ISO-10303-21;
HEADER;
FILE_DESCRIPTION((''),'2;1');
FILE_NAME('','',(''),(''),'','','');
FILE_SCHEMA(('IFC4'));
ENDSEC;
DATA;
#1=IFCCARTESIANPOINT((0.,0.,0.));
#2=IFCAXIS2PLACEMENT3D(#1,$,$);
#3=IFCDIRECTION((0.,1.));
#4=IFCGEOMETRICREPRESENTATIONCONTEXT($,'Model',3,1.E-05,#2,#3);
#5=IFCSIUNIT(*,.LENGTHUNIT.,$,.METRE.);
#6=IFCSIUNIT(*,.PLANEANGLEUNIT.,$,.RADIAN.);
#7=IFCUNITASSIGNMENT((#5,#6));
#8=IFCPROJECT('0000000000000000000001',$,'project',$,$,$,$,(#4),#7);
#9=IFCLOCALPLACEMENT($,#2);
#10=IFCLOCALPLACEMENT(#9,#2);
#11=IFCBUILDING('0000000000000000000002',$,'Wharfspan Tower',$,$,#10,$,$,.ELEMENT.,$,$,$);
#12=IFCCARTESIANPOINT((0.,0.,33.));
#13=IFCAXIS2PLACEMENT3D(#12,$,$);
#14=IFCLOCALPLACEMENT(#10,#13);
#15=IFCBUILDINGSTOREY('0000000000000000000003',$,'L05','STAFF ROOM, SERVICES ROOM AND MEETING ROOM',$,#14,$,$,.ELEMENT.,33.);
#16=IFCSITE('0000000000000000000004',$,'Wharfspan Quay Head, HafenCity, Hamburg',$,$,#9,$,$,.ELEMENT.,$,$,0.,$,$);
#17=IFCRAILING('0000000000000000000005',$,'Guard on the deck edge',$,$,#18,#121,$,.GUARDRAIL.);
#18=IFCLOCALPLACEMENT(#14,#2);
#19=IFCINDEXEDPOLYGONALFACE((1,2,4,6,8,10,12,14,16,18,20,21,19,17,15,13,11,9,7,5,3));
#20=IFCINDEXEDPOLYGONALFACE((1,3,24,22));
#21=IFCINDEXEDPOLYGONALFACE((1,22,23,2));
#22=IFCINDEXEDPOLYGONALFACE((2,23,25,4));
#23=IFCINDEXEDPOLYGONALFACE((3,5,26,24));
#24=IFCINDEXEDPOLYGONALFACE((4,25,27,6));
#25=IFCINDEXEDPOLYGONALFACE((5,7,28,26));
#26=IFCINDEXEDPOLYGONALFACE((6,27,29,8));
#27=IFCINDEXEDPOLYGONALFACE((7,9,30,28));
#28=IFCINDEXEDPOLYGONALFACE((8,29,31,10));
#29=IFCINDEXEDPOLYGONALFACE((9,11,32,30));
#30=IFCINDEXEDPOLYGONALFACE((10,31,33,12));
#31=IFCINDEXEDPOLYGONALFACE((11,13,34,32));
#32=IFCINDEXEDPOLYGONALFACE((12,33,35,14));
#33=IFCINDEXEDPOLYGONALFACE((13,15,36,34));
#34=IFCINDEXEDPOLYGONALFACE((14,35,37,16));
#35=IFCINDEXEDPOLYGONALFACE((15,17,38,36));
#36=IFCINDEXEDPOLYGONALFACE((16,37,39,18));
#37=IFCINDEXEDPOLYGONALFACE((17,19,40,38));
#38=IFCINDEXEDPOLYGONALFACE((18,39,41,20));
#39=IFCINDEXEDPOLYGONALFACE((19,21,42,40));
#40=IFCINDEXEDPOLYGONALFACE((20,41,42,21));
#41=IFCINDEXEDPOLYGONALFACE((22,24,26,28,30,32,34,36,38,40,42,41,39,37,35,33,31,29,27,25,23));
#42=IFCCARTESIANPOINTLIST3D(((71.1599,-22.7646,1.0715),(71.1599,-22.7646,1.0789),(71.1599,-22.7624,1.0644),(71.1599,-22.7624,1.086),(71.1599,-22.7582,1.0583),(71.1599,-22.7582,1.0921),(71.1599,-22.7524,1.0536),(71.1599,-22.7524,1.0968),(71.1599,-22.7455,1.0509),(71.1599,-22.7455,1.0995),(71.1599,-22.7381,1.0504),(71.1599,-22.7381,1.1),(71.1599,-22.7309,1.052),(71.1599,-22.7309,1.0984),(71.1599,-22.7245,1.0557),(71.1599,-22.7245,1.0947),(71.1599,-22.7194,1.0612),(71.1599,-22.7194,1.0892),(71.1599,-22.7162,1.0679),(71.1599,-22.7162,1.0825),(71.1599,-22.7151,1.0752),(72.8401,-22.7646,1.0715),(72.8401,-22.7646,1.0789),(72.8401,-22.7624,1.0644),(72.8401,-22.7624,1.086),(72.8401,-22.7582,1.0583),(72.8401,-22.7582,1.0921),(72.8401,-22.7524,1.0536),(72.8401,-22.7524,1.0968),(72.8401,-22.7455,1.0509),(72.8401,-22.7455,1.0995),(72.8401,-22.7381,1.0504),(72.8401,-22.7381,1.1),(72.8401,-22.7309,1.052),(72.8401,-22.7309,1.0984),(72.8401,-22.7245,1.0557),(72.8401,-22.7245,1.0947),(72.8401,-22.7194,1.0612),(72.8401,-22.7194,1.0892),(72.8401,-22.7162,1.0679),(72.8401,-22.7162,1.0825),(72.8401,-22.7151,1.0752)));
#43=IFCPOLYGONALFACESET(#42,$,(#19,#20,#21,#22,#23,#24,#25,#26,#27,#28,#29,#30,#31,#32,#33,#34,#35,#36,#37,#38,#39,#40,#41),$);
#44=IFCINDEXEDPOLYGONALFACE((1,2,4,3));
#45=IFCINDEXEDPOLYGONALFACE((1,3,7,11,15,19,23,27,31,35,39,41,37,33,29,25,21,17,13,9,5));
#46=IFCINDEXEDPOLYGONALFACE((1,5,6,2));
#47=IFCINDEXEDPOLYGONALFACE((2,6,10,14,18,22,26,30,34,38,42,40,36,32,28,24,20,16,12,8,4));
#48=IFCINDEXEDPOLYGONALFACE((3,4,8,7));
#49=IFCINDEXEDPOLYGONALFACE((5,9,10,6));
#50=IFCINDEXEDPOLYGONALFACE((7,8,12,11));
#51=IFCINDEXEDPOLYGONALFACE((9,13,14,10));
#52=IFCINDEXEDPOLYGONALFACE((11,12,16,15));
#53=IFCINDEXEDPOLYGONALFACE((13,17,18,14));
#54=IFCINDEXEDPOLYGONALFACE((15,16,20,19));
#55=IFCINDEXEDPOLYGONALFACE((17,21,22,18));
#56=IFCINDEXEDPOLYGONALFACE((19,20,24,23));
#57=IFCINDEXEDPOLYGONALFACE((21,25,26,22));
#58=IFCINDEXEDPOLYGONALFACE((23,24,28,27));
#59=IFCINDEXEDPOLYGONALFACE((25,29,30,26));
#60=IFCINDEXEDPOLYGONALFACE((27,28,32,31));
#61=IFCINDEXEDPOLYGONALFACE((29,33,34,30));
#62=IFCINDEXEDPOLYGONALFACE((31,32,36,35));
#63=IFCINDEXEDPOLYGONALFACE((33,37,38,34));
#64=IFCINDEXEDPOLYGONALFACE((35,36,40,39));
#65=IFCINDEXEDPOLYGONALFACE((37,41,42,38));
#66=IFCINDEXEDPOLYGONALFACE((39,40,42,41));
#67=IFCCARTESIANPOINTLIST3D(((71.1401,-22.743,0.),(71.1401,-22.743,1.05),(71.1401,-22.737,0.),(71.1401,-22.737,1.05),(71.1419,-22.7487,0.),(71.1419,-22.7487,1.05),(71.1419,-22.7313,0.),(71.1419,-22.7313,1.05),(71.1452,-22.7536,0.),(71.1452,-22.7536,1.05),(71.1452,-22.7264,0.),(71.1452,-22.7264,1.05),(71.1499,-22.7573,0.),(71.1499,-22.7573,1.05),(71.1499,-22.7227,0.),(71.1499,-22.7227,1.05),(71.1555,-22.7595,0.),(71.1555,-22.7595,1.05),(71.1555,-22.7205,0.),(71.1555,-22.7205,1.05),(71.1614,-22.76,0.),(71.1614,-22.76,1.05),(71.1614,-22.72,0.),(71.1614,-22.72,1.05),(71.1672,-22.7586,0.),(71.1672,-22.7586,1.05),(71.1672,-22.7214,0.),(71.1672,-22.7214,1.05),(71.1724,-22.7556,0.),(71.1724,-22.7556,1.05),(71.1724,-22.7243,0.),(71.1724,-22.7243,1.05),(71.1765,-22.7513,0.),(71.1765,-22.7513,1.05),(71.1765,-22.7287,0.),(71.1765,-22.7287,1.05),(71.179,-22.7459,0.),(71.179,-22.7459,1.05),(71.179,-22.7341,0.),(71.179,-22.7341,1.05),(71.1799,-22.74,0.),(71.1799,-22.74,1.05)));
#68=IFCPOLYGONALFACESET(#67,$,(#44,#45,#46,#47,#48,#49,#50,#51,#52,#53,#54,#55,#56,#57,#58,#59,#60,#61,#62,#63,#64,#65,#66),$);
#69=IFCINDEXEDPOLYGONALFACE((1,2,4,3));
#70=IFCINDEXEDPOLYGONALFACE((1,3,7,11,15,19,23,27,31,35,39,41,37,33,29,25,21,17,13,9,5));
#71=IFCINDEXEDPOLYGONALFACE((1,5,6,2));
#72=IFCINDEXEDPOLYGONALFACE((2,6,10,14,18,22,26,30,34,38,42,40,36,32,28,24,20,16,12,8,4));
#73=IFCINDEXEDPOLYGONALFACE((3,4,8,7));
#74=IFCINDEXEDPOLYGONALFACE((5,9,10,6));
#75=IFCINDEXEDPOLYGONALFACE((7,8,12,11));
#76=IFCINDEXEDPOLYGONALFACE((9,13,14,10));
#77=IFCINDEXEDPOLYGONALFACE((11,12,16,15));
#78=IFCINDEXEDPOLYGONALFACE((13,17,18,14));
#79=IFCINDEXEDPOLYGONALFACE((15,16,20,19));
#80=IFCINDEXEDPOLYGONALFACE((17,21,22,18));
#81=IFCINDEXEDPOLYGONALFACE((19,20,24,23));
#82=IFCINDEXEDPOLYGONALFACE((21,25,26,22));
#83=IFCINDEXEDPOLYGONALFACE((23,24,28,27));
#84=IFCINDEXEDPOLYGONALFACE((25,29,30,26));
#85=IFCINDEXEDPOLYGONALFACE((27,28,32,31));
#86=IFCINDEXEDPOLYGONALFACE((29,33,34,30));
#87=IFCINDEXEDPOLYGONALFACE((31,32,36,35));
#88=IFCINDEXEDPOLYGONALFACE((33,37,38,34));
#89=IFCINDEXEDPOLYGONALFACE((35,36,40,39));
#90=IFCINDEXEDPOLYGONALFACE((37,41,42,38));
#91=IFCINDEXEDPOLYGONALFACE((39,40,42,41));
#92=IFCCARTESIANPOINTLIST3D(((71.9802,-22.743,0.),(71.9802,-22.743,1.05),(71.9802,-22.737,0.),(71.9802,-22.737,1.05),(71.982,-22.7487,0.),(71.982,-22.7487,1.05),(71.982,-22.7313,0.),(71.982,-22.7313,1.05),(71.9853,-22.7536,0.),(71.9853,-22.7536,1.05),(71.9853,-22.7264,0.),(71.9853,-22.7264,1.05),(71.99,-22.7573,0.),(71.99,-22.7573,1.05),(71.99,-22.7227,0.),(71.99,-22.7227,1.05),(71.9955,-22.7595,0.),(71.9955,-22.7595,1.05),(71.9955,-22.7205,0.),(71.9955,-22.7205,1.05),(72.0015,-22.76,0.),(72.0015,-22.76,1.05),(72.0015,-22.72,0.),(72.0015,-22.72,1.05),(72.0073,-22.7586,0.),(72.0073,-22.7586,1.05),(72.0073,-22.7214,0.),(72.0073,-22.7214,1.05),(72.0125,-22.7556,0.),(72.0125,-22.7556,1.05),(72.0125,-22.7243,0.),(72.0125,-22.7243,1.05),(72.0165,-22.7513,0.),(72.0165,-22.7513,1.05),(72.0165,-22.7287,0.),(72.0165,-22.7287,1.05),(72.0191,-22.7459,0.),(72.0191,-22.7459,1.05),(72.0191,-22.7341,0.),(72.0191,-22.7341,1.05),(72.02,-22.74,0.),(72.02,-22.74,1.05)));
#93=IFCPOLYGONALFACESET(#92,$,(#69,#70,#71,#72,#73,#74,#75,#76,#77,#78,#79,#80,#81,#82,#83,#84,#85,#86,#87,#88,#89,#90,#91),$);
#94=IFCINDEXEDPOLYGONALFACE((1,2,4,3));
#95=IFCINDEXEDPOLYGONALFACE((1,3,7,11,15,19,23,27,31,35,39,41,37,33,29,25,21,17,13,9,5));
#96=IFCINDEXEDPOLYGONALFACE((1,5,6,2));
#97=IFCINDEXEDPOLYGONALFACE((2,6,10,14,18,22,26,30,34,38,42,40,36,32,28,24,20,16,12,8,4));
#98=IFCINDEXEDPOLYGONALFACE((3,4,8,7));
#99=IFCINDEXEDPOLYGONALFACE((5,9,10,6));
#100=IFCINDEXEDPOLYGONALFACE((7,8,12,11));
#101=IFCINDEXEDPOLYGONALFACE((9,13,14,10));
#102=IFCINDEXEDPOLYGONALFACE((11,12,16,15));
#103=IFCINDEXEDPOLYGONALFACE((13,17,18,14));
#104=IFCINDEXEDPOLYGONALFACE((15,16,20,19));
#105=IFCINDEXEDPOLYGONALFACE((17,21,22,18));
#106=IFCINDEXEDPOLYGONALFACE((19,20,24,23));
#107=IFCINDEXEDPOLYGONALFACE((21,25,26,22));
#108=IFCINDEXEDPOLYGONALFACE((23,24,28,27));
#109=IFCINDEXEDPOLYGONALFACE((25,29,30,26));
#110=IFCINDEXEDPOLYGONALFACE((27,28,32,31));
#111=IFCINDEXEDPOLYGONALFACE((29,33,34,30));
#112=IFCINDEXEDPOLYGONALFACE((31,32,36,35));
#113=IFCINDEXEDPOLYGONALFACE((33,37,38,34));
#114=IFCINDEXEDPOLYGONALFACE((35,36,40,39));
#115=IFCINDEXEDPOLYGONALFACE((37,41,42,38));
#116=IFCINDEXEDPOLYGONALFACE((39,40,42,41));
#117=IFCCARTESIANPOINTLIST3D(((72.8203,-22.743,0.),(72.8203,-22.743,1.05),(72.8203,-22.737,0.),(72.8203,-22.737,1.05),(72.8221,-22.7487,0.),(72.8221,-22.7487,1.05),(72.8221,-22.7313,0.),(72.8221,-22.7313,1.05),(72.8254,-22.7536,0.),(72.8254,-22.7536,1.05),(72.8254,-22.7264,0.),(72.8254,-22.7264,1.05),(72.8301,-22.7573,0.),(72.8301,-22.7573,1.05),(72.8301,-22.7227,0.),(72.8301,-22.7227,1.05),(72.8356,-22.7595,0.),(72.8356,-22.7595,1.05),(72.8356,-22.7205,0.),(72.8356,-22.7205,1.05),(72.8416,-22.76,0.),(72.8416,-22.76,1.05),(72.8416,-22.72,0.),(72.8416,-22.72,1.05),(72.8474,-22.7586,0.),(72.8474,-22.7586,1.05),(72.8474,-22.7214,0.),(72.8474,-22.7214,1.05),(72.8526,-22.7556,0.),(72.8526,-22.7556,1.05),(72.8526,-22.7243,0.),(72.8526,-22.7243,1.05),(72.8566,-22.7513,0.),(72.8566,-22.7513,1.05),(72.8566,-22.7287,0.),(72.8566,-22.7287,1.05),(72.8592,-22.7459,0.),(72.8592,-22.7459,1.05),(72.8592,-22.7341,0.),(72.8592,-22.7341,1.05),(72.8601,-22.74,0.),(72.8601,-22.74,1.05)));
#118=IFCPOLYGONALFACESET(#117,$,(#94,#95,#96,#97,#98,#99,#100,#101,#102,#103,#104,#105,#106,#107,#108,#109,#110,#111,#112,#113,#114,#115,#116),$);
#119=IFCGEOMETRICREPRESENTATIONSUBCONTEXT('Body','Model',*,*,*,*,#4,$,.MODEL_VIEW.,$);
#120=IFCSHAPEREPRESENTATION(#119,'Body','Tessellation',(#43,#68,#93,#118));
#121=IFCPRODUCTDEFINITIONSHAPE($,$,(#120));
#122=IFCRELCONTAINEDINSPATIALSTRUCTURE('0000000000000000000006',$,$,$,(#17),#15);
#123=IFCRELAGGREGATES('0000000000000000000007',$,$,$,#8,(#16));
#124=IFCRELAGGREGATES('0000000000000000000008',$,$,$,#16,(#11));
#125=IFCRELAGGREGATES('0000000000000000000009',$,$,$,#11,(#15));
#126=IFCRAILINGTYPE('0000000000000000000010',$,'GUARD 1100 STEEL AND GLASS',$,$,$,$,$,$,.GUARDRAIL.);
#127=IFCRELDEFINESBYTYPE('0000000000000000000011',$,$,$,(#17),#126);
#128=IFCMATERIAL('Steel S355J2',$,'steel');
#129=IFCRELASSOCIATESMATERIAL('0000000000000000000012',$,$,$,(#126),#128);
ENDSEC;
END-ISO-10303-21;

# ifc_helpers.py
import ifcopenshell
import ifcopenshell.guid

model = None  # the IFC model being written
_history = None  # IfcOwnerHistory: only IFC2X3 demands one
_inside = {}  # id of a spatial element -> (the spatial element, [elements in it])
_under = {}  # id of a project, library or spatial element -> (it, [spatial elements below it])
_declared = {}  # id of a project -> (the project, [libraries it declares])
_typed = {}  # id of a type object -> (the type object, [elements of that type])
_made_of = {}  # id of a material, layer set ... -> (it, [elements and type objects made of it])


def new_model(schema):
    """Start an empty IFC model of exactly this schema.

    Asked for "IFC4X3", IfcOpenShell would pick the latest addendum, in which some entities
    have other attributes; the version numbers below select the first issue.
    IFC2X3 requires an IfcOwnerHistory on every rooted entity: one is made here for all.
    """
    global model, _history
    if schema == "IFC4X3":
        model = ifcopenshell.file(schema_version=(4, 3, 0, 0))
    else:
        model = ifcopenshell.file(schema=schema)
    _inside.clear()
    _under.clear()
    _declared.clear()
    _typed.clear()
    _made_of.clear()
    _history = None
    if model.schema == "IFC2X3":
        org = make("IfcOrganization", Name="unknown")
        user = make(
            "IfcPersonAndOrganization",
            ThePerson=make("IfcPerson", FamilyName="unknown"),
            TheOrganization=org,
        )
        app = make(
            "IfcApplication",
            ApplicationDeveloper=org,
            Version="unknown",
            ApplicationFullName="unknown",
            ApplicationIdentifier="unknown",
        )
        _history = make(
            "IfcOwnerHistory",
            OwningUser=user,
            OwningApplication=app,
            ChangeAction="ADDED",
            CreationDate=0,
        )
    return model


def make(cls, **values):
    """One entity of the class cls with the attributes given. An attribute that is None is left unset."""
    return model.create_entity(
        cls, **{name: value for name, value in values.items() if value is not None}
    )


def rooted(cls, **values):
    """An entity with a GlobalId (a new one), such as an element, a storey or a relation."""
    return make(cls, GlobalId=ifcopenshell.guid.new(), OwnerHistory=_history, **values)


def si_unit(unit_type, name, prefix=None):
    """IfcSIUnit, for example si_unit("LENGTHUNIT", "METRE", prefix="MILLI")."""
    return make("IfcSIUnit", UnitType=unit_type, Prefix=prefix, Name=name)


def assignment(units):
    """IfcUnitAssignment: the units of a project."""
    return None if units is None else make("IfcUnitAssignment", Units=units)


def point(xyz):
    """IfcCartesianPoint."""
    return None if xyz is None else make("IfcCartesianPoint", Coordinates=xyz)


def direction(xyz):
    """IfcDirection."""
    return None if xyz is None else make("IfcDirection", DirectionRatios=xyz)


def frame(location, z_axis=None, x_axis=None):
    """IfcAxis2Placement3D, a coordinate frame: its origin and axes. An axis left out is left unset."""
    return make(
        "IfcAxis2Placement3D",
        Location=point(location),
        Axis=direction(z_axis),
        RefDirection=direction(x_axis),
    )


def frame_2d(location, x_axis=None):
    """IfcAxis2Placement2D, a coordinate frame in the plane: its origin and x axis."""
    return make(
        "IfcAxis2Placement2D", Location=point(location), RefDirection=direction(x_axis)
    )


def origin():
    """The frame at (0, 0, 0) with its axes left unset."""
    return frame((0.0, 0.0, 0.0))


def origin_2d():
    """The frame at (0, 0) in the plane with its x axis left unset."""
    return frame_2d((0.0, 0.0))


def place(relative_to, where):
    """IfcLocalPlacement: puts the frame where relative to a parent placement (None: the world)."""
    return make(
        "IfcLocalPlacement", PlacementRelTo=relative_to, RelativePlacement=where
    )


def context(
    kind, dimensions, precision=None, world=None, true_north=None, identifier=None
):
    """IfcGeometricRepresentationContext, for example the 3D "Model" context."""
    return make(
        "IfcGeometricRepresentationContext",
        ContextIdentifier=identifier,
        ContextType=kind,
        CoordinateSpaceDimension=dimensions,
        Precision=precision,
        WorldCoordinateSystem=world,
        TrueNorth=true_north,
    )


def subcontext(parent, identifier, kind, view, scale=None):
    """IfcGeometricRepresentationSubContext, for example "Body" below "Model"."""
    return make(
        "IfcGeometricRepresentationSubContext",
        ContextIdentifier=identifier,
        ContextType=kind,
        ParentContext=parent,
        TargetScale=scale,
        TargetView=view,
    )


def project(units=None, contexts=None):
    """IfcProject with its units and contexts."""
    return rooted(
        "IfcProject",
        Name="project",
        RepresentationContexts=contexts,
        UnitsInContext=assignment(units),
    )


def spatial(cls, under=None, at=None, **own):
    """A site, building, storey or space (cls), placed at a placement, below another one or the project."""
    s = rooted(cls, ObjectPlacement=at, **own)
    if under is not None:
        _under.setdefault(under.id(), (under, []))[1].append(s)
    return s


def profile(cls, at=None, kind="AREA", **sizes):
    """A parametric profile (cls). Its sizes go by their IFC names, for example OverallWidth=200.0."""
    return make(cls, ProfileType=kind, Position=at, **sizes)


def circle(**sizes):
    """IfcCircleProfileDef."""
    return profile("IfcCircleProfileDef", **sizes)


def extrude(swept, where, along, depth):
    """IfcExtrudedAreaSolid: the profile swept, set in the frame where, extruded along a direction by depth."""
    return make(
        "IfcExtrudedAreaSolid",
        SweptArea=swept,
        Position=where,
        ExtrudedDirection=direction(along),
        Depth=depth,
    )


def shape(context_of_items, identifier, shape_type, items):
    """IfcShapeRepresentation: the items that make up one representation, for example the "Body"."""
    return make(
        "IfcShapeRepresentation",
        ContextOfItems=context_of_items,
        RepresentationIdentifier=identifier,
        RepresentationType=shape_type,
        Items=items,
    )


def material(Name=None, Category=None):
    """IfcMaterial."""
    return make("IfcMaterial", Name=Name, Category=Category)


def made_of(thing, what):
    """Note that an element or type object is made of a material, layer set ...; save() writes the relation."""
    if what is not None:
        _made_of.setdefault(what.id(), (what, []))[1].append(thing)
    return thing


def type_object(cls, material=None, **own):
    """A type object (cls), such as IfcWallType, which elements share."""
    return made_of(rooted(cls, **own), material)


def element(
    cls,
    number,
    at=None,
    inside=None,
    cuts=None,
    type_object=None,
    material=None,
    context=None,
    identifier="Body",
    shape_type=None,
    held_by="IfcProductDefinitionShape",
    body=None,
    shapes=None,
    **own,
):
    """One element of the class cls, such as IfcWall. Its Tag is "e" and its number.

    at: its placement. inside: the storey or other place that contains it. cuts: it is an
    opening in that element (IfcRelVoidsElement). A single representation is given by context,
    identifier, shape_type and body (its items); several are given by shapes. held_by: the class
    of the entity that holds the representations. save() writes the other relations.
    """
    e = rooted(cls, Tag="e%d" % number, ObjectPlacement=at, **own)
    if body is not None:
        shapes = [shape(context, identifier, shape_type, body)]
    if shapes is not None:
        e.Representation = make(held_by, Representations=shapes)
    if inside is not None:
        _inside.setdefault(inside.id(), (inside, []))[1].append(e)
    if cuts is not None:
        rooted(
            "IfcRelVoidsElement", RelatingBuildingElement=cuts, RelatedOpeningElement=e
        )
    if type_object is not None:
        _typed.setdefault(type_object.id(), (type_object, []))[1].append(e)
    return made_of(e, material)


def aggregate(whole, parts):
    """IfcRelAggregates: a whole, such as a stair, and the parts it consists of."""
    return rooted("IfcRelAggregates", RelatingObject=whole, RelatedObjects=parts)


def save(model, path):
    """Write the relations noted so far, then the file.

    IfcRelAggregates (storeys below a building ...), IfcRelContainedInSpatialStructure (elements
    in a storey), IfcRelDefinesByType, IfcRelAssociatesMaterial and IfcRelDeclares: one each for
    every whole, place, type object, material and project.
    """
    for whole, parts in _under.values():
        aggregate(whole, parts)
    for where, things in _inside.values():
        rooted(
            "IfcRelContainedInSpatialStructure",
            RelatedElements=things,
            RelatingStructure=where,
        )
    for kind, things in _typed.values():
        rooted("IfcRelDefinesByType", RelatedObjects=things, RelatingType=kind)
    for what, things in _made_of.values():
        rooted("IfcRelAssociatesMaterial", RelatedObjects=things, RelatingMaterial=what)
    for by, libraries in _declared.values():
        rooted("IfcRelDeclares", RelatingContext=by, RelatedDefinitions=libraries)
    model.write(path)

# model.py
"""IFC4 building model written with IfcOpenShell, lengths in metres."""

from ifc_helpers import new_model, si_unit, direction, frame, origin, origin_2d, place, context, subcontext, project, spatial, circle, extrude, material, type_object, element, save


model = new_model("IFC4")

# Units and contexts
model_context = context("Model", 3, precision=1e-05, world=origin(), true_north=direction((0.0, 1.0)))
body_context = subcontext(model_context, "Body", "Model", "MODEL_VIEW")
ifc_project = project(units=[si_unit("LENGTHUNIT", "METRE"), si_unit("PLANEANGLEUNIT", "RADIAN")], contexts=[model_context])

# Site, building, storey
site_placement = place(None, origin())
site = spatial("IfcSite", under=ifc_project, at=site_placement, Name="Wharfspan Quay Head, HafenCity, Hamburg", CompositionType="ELEMENT", RefElevation=0.0)
building_placement = place(site_placement, origin())
building = spatial("IfcBuilding", under=site, at=building_placement, Name="Wharfspan Tower", CompositionType="ELEMENT")
storey_placement = place(building_placement, frame((0.0, 0.0, 33.0)))
storey = spatial("IfcBuildingStorey", under=building, at=storey_placement, Name="L05", Description="STAFF ROOM, SERVICES ROOM AND MEETING ROOM", CompositionType="ELEMENT", Elevation=33.0)

# Railing
ifc_material_1 = material(Name="Steel S355J2", Category="steel")
railing_type = type_object("IfcRailingType", Name="GUARD 1100 STEEL AND GLASS", PredefinedType="GUARDRAIL", material=ifc_material_1)
railing_1_placement = place(storey_placement, frame((71.1599, -22.74, 0.0)))
element("IfcRailing", 1, at=railing_1_placement, inside=storey, type_object=railing_type, Name="Guard on the deck edge", PredefinedType="GUARDRAIL", context=body_context, shape_type="SweptSolid", body=[
    extrude(circle(Radius=0.0249, at=origin_2d()), frame((0.0, 0.0, 1.0752), z_axis=(1.0, 0.0, 0.0), x_axis=(0.0, 1.0, 0.0)), (0.0, 0.0, 1.0), 1.6802),
    extrude(circle(Radius=0.02, at=origin_2d()), origin(), (0.0, 0.0, 1.0), 1.05),
    extrude(circle(Radius=0.02, at=origin_2d()), frame((0.8401, 0.0, 0.0)), (0.0, 0.0, 1.0), 1.05),
    extrude(circle(Radius=0.02, at=origin_2d()), frame((1.6802, 0.0, 0.0)), (0.0, 0.0, 1.0), 1.05),
])

save(model, "model.ifc")
